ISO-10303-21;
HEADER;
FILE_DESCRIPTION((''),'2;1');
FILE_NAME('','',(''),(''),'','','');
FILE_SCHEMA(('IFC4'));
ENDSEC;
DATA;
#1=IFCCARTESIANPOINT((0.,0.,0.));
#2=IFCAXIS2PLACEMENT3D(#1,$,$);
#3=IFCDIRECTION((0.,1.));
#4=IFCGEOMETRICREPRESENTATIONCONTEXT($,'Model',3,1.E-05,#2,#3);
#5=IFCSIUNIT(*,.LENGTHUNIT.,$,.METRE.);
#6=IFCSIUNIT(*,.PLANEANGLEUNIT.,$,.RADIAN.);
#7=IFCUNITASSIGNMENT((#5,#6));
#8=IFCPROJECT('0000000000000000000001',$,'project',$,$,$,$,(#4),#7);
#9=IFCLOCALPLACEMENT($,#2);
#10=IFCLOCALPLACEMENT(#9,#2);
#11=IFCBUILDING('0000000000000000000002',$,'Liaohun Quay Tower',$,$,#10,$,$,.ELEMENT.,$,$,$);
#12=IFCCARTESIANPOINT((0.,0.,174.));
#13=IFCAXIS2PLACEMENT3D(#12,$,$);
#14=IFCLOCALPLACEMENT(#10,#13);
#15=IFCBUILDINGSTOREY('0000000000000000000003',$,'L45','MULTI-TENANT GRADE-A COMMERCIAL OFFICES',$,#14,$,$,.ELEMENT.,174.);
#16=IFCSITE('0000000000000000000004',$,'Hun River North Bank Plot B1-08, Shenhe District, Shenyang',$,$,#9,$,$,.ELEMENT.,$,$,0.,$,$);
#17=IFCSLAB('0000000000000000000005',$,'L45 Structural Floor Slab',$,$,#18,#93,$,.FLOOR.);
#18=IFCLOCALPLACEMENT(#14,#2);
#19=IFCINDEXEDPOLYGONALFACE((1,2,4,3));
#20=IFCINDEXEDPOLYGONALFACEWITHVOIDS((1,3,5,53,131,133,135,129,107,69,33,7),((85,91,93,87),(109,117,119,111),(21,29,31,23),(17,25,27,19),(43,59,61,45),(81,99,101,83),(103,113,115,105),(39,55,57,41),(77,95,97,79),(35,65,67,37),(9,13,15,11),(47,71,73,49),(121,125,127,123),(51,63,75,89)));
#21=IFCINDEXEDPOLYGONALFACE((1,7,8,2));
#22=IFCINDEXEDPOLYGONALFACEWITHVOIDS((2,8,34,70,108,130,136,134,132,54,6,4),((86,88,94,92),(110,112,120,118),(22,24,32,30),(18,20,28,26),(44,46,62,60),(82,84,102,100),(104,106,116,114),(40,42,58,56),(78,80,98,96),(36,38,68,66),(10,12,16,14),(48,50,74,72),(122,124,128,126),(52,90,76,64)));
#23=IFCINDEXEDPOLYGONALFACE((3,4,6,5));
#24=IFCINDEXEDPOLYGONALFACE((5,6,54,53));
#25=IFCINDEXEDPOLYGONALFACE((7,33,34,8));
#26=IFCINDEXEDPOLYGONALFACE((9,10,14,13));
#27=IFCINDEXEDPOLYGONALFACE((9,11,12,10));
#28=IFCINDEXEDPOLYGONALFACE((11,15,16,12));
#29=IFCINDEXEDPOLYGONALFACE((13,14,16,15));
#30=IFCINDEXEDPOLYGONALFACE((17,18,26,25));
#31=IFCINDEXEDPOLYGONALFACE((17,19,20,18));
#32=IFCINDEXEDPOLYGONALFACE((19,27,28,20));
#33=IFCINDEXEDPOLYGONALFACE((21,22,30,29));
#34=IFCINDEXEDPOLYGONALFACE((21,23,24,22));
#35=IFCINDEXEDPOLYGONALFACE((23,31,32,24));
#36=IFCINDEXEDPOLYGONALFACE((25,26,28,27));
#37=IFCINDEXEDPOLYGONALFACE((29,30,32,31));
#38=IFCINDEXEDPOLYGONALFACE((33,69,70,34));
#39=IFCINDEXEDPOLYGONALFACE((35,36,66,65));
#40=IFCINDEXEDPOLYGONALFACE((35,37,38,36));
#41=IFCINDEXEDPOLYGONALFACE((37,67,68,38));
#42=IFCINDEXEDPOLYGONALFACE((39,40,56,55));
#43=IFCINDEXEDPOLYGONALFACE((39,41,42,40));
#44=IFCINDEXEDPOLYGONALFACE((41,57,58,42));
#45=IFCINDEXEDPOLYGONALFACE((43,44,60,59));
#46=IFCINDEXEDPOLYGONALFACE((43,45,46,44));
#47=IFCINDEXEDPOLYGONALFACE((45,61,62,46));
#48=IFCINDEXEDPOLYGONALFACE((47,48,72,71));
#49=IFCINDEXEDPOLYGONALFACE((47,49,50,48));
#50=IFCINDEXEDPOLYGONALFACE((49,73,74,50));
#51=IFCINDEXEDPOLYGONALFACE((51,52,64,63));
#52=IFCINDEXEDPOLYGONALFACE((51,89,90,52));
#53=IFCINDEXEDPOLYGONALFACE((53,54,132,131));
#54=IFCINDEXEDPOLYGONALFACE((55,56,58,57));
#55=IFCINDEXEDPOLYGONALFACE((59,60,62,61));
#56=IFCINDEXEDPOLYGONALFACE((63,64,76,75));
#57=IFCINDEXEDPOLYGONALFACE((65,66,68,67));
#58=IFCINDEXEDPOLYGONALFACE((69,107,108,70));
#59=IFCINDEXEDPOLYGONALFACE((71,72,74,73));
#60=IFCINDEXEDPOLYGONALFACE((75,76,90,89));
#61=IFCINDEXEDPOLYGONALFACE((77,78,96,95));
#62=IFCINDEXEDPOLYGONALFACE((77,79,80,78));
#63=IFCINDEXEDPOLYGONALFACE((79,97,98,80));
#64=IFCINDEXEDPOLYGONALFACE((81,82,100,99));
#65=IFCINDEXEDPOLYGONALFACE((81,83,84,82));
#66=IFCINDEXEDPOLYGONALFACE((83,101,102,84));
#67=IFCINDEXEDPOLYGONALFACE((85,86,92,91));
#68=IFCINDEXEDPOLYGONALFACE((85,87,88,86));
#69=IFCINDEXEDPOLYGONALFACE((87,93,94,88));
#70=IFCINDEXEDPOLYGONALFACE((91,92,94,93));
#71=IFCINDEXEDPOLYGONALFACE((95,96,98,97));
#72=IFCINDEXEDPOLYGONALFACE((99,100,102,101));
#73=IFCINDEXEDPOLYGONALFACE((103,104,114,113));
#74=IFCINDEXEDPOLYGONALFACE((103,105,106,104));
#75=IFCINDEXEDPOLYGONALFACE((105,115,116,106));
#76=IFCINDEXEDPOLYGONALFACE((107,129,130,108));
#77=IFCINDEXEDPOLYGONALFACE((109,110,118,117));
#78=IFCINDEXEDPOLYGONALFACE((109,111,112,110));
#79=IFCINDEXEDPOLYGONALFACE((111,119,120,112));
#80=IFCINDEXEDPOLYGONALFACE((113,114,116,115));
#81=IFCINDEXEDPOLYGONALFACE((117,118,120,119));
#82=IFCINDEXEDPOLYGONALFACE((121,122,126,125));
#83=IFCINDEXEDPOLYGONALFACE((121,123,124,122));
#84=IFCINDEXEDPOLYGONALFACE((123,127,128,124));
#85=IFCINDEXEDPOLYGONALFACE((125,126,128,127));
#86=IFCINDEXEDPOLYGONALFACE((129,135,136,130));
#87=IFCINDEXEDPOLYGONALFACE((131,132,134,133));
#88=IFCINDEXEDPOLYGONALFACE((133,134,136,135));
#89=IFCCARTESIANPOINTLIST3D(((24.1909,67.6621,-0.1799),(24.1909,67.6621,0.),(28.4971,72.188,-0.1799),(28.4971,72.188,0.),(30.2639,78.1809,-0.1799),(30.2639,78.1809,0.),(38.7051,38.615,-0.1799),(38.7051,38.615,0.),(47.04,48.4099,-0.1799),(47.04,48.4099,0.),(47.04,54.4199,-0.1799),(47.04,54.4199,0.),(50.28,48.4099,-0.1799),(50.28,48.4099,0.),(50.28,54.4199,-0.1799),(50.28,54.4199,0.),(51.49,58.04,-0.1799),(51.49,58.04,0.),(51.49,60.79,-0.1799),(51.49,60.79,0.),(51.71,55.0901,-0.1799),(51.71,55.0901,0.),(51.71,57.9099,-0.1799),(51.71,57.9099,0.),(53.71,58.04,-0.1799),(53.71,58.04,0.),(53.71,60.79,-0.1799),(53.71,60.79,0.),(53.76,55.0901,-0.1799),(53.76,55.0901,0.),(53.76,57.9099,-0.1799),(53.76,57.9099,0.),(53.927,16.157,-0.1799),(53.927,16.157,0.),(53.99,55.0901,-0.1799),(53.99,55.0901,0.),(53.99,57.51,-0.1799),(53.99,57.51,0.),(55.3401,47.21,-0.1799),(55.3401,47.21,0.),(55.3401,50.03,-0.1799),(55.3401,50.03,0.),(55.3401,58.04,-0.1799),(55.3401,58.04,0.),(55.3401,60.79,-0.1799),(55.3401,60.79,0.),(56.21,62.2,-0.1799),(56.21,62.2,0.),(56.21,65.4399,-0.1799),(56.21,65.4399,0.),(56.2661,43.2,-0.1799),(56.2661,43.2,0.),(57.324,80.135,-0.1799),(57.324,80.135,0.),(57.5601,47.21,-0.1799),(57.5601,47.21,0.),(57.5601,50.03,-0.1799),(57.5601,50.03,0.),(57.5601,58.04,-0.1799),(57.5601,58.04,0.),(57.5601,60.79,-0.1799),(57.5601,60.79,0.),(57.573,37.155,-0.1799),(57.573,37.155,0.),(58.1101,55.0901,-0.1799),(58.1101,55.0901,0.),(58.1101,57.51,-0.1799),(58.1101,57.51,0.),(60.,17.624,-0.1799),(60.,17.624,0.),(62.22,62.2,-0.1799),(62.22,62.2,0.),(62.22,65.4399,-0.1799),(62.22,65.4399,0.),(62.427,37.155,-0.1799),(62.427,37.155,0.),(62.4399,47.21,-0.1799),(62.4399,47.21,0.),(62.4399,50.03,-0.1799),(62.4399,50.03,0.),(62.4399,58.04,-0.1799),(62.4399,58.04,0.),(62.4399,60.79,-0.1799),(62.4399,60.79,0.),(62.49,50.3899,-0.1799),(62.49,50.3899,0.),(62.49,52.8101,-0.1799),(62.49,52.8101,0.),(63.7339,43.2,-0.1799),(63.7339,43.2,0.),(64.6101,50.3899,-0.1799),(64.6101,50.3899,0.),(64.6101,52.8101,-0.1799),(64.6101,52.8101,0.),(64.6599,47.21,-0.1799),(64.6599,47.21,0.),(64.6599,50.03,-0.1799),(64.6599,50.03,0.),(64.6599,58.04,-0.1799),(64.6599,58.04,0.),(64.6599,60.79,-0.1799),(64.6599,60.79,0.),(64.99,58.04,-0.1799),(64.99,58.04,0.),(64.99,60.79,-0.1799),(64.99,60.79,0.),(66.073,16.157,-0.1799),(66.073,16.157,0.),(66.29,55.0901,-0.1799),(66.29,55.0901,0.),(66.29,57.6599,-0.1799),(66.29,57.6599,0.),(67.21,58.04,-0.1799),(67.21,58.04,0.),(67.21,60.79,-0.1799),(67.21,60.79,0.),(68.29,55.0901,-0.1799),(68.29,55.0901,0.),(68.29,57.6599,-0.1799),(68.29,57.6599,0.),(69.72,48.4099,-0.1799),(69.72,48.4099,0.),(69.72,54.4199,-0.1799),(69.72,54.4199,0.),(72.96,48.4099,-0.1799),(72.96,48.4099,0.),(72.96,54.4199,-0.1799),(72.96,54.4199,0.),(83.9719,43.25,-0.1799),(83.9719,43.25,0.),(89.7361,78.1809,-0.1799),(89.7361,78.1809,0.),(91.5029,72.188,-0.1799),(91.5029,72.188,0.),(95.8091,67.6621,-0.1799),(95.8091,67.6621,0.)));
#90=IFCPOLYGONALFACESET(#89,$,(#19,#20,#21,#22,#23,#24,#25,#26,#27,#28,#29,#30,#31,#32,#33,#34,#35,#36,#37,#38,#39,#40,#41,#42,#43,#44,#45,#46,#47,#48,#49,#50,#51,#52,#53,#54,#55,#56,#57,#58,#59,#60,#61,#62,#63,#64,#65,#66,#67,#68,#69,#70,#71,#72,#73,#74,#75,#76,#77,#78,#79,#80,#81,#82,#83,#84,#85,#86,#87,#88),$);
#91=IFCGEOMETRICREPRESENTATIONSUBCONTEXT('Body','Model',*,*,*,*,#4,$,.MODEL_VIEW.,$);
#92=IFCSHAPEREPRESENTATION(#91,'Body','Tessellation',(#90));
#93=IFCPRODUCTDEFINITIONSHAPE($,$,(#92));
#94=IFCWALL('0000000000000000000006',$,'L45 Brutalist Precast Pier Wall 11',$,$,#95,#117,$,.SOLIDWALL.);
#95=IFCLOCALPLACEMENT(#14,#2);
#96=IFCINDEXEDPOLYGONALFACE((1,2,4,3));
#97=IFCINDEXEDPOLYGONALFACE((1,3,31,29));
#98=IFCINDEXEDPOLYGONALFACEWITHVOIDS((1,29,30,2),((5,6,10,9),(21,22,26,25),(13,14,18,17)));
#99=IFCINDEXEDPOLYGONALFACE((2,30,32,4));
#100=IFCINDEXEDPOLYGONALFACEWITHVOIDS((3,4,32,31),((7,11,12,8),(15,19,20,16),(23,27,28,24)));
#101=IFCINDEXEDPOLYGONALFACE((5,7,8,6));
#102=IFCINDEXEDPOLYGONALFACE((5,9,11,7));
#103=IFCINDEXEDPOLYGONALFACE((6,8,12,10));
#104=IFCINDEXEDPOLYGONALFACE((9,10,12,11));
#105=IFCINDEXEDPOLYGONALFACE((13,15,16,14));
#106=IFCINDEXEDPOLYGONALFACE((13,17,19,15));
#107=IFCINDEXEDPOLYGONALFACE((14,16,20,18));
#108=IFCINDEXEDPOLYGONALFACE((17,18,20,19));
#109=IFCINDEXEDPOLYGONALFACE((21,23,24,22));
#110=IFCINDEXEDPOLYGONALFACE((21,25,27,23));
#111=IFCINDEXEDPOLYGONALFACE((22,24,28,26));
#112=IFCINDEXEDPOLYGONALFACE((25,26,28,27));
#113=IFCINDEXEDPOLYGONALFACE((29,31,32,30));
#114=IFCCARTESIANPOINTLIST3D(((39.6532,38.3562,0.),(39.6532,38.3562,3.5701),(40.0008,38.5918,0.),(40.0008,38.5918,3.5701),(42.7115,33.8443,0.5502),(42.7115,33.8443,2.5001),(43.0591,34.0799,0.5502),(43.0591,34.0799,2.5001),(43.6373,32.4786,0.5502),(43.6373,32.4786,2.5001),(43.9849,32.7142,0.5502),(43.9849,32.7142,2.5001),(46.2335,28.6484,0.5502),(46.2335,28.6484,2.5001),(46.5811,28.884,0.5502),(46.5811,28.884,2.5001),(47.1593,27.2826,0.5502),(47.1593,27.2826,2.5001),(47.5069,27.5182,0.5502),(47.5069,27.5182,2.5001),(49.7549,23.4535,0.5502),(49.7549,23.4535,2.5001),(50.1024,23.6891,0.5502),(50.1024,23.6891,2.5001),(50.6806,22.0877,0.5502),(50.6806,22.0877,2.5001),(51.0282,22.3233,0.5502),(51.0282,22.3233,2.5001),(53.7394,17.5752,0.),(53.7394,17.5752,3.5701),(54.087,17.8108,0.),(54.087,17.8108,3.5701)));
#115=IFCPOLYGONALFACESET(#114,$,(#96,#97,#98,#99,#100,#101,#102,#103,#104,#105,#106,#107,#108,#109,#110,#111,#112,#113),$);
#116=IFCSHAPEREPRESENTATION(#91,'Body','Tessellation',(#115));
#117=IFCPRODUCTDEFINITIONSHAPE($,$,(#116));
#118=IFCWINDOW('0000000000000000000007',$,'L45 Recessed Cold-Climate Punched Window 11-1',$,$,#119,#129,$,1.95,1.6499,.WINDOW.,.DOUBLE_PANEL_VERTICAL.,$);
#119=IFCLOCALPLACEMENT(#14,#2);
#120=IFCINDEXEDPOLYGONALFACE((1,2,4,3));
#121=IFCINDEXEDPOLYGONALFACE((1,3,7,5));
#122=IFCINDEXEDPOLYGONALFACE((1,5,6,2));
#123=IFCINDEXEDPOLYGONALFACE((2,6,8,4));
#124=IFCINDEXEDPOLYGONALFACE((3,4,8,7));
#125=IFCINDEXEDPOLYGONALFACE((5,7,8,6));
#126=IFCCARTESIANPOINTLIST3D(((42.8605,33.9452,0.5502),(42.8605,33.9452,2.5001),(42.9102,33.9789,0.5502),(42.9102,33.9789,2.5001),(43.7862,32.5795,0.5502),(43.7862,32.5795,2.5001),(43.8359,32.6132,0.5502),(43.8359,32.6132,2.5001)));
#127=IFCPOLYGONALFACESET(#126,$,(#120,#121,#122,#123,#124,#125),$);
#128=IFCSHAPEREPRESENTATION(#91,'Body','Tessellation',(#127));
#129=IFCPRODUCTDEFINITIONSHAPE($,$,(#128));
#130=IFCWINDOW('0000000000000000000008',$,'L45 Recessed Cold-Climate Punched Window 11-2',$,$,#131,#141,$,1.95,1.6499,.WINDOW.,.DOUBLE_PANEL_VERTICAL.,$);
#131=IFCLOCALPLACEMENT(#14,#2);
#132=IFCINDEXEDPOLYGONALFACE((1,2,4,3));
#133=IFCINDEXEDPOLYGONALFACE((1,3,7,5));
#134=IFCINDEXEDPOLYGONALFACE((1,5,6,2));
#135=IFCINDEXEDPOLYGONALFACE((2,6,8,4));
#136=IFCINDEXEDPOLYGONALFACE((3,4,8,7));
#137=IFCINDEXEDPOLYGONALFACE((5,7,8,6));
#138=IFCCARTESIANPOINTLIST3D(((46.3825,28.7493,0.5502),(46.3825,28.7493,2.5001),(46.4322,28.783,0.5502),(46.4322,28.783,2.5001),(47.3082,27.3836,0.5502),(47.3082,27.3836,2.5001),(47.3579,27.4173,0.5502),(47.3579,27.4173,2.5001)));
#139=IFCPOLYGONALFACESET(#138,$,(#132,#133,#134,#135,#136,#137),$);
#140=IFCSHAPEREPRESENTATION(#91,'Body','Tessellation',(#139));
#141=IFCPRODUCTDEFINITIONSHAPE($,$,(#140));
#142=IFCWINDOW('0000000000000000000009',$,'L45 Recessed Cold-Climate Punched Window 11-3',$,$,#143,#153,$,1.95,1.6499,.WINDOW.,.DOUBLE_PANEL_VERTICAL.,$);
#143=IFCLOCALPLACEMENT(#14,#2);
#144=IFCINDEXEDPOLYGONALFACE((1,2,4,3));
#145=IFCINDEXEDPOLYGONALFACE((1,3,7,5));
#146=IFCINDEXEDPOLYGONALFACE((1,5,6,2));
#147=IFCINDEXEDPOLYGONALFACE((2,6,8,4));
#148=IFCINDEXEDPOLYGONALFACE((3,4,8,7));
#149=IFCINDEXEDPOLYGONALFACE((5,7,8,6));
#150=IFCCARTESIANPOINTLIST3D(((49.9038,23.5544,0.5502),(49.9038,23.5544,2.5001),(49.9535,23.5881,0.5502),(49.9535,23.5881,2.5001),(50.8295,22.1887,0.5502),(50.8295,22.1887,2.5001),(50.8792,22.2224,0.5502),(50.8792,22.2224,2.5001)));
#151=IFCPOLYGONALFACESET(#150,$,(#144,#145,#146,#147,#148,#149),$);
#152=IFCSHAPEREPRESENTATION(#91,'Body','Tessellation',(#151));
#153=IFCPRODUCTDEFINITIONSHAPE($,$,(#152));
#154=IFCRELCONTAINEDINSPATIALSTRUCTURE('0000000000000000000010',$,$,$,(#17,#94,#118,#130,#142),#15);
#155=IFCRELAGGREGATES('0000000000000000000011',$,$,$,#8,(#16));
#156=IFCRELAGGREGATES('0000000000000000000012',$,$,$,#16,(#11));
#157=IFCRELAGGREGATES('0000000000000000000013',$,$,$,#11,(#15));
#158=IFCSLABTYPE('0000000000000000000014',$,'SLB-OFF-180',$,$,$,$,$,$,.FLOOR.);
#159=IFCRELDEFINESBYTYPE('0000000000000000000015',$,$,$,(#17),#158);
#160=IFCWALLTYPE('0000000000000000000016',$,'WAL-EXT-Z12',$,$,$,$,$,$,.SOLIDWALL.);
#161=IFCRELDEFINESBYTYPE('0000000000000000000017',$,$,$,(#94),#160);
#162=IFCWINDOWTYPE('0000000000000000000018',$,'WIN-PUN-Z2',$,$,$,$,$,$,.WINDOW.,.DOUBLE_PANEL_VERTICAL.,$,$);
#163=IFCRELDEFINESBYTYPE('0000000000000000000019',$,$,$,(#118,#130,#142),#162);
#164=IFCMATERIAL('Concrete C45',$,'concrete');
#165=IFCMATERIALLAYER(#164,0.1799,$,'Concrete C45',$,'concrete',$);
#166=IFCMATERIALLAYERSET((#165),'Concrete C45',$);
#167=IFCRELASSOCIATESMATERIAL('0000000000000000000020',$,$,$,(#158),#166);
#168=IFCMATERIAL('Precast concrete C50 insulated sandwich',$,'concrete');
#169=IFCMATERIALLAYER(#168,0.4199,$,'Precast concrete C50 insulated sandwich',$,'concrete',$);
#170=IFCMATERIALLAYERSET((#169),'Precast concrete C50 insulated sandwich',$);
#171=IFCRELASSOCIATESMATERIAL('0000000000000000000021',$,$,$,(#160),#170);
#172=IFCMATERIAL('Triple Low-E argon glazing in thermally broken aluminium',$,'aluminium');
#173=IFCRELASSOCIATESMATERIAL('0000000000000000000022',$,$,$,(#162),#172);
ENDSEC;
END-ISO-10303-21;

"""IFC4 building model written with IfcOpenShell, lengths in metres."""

from ifc_helpers import new_model, si_unit, direction, frame, frame_2d, origin, place, context, subcontext, project, spatial, polyline, rectangle, outline, extrude, source, transform, mapped, material, layer, layer_set, type_object, element, fill, save


model = new_model("IFC4")

# Units and contexts
model_context = context("Model", 3, precision=1e-05, world=origin(), true_north=direction((0.0, 1.0)))
body_context = subcontext(model_context, "Body", "Model", "MODEL_VIEW")
ifc_project = project(units=[si_unit("LENGTHUNIT", "METRE"), si_unit("PLANEANGLEUNIT", "RADIAN")], contexts=[model_context])

# Site, building, storey
site_placement = place(None, origin())
site = spatial("IfcSite", under=ifc_project, at=site_placement, Name="Hun River North Bank Plot B1-08, Shenhe District, Shenyang", CompositionType="ELEMENT", RefElevation=0.0)
building_placement = place(site_placement, origin())
building = spatial("IfcBuilding", under=site, at=building_placement, Name="Liaohun Quay Tower", CompositionType="ELEMENT")
storey_placement = place(building_placement, frame((0.0, 0.0, 174.0)))
storey = spatial("IfcBuildingStorey", under=building, at=storey_placement, Name="L45", Description="MULTI-TENANT GRADE-A COMMERCIAL OFFICES", CompositionType="ELEMENT", Elevation=174.0)

# Shared definitions
ifc_material_1 = material(Name="Concrete C45", Category="concrete")

# Slab
ifc_layer_1 = layer(ifc_material_1, 0.1799, Name="Concrete C45", Category="concrete")
ifc_layer_set_1 = layer_set([ifc_layer_1], Name="Concrete C45")
slab_type_1 = type_object("IfcSlabType", Name="SLB-OFF-180", PredefinedType="FLOOR", material=ifc_layer_set_1)
slab_1_placement = place(storey_placement, frame((0.0, 0.0, -0.1799)))
element("IfcSlab", 1, at=slab_1_placement, inside=storey, type_object=slab_type_1, Name="L45 Structural Floor Slab", PredefinedType="FLOOR", context=body_context, shape_type="SweptSolid", body=[
    extrude(outline(polyline([(53.927, 16.157), (60.0, 17.624), (66.073, 16.157), (83.9719, 43.25), (95.8091, 67.6621), (91.5029, 72.188), (89.7361, 78.1809), (57.324, 80.135), (30.2639, 78.1809), (28.4971, 72.188), (24.1909, 67.6621), (38.7051, 38.615), (53.927, 16.157)]), holes=[polyline([(57.5601, 50.03), (55.3401, 50.03), (55.3401, 47.21), (57.5601, 47.21), (57.5601, 50.03)]), polyline([(50.28, 54.4199), (47.04, 54.4199), (47.04, 48.4099), (50.28, 48.4099), (50.28, 54.4199)]), polyline([(53.99, 55.0901), (58.1101, 55.0901), (58.1101, 57.51), (53.99, 57.51), (53.99, 55.0901)]), polyline([(53.76, 55.0901), (53.76, 57.9099), (51.71, 57.9099), (51.71, 55.0901), (53.76, 55.0901)]), polyline([(53.71, 58.04), (53.71, 60.79), (51.49, 60.79), (51.49, 58.04), (53.71, 58.04)]), polyline([(57.5601, 58.04), (57.5601, 60.79), (55.3401, 60.79), (55.3401, 58.04), (57.5601, 58.04)]), polyline([(62.22, 62.2), (62.22, 65.4399), (56.21, 65.4399), (56.21, 62.2), (62.22, 62.2)]), polyline([(62.427, 37.155), (63.7339, 43.2), (56.2661, 43.2), (57.573, 37.155), (62.427, 37.155)]), polyline([(64.6599, 47.21), (64.6599, 50.03), (62.4399, 50.03), (62.4399, 47.21), (64.6599, 47.21)]), polyline([(72.96, 54.4199), (69.72, 54.4199), (69.72, 48.4099), (72.96, 48.4099), (72.96, 54.4199)]), polyline([(64.6101, 50.3899), (64.6101, 52.8101), (62.49, 52.8101), (62.49, 50.3899), (64.6101, 50.3899)]), polyline([(68.29, 55.0901), (68.29, 57.6599), (66.29, 57.6599), (66.29, 55.0901), (68.29, 55.0901)]), polyline([(64.6599, 58.04), (64.6599, 60.79), (62.4399, 60.79), (62.4399, 58.04), (64.6599, 58.04)]), polyline([(67.21, 58.04), (67.21, 60.79), (64.99, 60.79), (64.99, 58.04), (67.21, 58.04)])]), origin(), (0.0, 0.0, 1.0), 0.1799),
])

# Wall, openings, windows
ifc_material_2 = material(Name="Precast concrete C50 insulated sandwich", Category="concrete")
ifc_layer_2 = layer(ifc_material_2, 0.4199, Name="Precast concrete C50 insulated sandwich", Category="concrete")
ifc_layer_set_2 = layer_set([ifc_layer_2], Name="Precast concrete C50 insulated sandwich")
wall_type_1 = type_object("IfcWallType", Name="WAL-EXT-Z12", PredefinedType="SOLIDWALL", material=ifc_layer_set_2)
wall_1_placement = place(storey_placement, frame((39.8269, 38.4741, 0.0), z_axis=(0.0, 0.0, 1.0), x_axis=(0.561086, -0.827757, 0.0)))
wall_1 = element("IfcWall", 2, at=wall_1_placement, inside=storey, type_object=wall_type_1, Name="L45 Brutalist Precast Pier Wall 11", PredefinedType="SOLIDWALL", context=body_context, shape_type="SweptSolid", body=[
    extrude(rectangle(XDim=25.1052, YDim=0.4199, at=frame_2d((12.5527, 0.0))), origin(), (0.0, 0.0, 1.0), 3.5701),
])
shared_shape_1 = source(origin(), body_context, "Body", "SweptSolid", [
    extrude(rectangle(XDim=1.6499, YDim=1.95, at=frame_2d((0.825, 0.9751))), frame((0.0, 0.22, 0.0), z_axis=(0.0, -1.0, 0.0), x_axis=(1.0, 0.0, 0.0)), (0.0, 0.0, 1.0), 0.4399),
])
opening_1_placement = place(wall_1_placement, frame((5.4509, 0.0, 0.55)))
opening_1 = element("IfcOpeningElement", 3, at=opening_1_placement, cuts=wall_1, PredefinedType="OPENING", context=body_context, shape_type="MappedRepresentation", body=[
    mapped(shared_shape_1, transform((0.0, 0.0, 0.0), x_axis=(1.0, 0.0, 0.0), y_axis=(0.0, 1.0, 0.0), z_axis=(0.0, 0.0, 1.0), scale=1.0)),
])
opening_2_placement = place(wall_1_placement, frame((11.728, 0.0, 0.55)))
opening_2 = element("IfcOpeningElement", 4, at=opening_2_placement, cuts=wall_1, PredefinedType="OPENING", context=body_context, shape_type="MappedRepresentation", body=[
    mapped(shared_shape_1, transform((0.0, 0.0, 0.0), x_axis=(1.0, 0.0, 0.0), y_axis=(0.0, 1.0, 0.0), z_axis=(0.0, 0.0, 1.0), scale=1.0)),
])
opening_3_placement = place(wall_1_placement, frame((18.0039, 0.0, 0.55)))
opening_3 = element("IfcOpeningElement", 5, at=opening_3_placement, cuts=wall_1, PredefinedType="OPENING", context=body_context, shape_type="MappedRepresentation", body=[
    mapped(shared_shape_1, transform((0.0, 0.0, 0.0), x_axis=(1.0, 0.0, 0.0), y_axis=(0.0, 1.0, 0.0), z_axis=(0.0, 0.0, 1.0), scale=1.0)),
])
ifc_material_3 = material(Name="Triple Low-E argon glazing in thermally broken aluminium", Category="aluminium")
window_type = type_object("IfcWindowType", Name="WIN-PUN-Z2", PartitioningType="DOUBLE_PANEL_VERTICAL", PredefinedType="WINDOW", material=ifc_material_3)
shared_shape_2 = source(origin(), body_context, "Body", "SweptSolid", [
    extrude(rectangle(XDim=1.6499, YDim=1.95, at=frame_2d((0.825, 0.9751))), frame((0.0, 0.03, 0.0), z_axis=(0.0, -1.0, 0.0), x_axis=(1.0, 0.0, 0.0)), (0.0, 0.0, 1.0), 0.0601),
])
window_1_placement = place(opening_1_placement, origin())
window_1 = element("IfcWindow", 6, at=window_1_placement, inside=storey, type_object=window_type, Name="L45 Recessed Cold-Climate Punched Window 11-1", OverallHeight=1.95, OverallWidth=1.6499, PartitioningType="DOUBLE_PANEL_VERTICAL", PredefinedType="WINDOW", context=body_context, shape_type="MappedRepresentation", body=[
    mapped(shared_shape_2, transform((0.0, 0.0, 0.0), x_axis=(1.0, 0.0, 0.0), y_axis=(0.0, 1.0, 0.0), z_axis=(0.0, 0.0, 1.0), scale=1.0)),
])
fill(opening_1, window_1)
window_2_placement = place(opening_2_placement, origin())
window_2 = element("IfcWindow", 7, at=window_2_placement, inside=storey, type_object=window_type, Name="L45 Recessed Cold-Climate Punched Window 11-2", OverallHeight=1.95, OverallWidth=1.6499, PartitioningType="DOUBLE_PANEL_VERTICAL", PredefinedType="WINDOW", context=body_context, shape_type="MappedRepresentation", body=[
    mapped(shared_shape_2, transform((0.0, 0.0, 0.0), x_axis=(1.0, 0.0, 0.0), y_axis=(0.0, 1.0, 0.0), z_axis=(0.0, 0.0, 1.0), scale=1.0)),
])
fill(opening_2, window_2)
window_3_placement = place(opening_3_placement, origin())
window_3 = element("IfcWindow", 8, at=window_3_placement, inside=storey, type_object=window_type, Name="L45 Recessed Cold-Climate Punched Window 11-3", OverallHeight=1.95, OverallWidth=1.6499, PartitioningType="DOUBLE_PANEL_VERTICAL", PredefinedType="WINDOW", context=body_context, shape_type="MappedRepresentation", body=[
    mapped(shared_shape_2, transform((0.0, 0.0, 0.0), x_axis=(1.0, 0.0, 0.0), y_axis=(0.0, 1.0, 0.0), z_axis=(0.0, 0.0, 1.0), scale=1.0)),
])
fill(opening_3, window_3)

save(model, "model.ifc")
